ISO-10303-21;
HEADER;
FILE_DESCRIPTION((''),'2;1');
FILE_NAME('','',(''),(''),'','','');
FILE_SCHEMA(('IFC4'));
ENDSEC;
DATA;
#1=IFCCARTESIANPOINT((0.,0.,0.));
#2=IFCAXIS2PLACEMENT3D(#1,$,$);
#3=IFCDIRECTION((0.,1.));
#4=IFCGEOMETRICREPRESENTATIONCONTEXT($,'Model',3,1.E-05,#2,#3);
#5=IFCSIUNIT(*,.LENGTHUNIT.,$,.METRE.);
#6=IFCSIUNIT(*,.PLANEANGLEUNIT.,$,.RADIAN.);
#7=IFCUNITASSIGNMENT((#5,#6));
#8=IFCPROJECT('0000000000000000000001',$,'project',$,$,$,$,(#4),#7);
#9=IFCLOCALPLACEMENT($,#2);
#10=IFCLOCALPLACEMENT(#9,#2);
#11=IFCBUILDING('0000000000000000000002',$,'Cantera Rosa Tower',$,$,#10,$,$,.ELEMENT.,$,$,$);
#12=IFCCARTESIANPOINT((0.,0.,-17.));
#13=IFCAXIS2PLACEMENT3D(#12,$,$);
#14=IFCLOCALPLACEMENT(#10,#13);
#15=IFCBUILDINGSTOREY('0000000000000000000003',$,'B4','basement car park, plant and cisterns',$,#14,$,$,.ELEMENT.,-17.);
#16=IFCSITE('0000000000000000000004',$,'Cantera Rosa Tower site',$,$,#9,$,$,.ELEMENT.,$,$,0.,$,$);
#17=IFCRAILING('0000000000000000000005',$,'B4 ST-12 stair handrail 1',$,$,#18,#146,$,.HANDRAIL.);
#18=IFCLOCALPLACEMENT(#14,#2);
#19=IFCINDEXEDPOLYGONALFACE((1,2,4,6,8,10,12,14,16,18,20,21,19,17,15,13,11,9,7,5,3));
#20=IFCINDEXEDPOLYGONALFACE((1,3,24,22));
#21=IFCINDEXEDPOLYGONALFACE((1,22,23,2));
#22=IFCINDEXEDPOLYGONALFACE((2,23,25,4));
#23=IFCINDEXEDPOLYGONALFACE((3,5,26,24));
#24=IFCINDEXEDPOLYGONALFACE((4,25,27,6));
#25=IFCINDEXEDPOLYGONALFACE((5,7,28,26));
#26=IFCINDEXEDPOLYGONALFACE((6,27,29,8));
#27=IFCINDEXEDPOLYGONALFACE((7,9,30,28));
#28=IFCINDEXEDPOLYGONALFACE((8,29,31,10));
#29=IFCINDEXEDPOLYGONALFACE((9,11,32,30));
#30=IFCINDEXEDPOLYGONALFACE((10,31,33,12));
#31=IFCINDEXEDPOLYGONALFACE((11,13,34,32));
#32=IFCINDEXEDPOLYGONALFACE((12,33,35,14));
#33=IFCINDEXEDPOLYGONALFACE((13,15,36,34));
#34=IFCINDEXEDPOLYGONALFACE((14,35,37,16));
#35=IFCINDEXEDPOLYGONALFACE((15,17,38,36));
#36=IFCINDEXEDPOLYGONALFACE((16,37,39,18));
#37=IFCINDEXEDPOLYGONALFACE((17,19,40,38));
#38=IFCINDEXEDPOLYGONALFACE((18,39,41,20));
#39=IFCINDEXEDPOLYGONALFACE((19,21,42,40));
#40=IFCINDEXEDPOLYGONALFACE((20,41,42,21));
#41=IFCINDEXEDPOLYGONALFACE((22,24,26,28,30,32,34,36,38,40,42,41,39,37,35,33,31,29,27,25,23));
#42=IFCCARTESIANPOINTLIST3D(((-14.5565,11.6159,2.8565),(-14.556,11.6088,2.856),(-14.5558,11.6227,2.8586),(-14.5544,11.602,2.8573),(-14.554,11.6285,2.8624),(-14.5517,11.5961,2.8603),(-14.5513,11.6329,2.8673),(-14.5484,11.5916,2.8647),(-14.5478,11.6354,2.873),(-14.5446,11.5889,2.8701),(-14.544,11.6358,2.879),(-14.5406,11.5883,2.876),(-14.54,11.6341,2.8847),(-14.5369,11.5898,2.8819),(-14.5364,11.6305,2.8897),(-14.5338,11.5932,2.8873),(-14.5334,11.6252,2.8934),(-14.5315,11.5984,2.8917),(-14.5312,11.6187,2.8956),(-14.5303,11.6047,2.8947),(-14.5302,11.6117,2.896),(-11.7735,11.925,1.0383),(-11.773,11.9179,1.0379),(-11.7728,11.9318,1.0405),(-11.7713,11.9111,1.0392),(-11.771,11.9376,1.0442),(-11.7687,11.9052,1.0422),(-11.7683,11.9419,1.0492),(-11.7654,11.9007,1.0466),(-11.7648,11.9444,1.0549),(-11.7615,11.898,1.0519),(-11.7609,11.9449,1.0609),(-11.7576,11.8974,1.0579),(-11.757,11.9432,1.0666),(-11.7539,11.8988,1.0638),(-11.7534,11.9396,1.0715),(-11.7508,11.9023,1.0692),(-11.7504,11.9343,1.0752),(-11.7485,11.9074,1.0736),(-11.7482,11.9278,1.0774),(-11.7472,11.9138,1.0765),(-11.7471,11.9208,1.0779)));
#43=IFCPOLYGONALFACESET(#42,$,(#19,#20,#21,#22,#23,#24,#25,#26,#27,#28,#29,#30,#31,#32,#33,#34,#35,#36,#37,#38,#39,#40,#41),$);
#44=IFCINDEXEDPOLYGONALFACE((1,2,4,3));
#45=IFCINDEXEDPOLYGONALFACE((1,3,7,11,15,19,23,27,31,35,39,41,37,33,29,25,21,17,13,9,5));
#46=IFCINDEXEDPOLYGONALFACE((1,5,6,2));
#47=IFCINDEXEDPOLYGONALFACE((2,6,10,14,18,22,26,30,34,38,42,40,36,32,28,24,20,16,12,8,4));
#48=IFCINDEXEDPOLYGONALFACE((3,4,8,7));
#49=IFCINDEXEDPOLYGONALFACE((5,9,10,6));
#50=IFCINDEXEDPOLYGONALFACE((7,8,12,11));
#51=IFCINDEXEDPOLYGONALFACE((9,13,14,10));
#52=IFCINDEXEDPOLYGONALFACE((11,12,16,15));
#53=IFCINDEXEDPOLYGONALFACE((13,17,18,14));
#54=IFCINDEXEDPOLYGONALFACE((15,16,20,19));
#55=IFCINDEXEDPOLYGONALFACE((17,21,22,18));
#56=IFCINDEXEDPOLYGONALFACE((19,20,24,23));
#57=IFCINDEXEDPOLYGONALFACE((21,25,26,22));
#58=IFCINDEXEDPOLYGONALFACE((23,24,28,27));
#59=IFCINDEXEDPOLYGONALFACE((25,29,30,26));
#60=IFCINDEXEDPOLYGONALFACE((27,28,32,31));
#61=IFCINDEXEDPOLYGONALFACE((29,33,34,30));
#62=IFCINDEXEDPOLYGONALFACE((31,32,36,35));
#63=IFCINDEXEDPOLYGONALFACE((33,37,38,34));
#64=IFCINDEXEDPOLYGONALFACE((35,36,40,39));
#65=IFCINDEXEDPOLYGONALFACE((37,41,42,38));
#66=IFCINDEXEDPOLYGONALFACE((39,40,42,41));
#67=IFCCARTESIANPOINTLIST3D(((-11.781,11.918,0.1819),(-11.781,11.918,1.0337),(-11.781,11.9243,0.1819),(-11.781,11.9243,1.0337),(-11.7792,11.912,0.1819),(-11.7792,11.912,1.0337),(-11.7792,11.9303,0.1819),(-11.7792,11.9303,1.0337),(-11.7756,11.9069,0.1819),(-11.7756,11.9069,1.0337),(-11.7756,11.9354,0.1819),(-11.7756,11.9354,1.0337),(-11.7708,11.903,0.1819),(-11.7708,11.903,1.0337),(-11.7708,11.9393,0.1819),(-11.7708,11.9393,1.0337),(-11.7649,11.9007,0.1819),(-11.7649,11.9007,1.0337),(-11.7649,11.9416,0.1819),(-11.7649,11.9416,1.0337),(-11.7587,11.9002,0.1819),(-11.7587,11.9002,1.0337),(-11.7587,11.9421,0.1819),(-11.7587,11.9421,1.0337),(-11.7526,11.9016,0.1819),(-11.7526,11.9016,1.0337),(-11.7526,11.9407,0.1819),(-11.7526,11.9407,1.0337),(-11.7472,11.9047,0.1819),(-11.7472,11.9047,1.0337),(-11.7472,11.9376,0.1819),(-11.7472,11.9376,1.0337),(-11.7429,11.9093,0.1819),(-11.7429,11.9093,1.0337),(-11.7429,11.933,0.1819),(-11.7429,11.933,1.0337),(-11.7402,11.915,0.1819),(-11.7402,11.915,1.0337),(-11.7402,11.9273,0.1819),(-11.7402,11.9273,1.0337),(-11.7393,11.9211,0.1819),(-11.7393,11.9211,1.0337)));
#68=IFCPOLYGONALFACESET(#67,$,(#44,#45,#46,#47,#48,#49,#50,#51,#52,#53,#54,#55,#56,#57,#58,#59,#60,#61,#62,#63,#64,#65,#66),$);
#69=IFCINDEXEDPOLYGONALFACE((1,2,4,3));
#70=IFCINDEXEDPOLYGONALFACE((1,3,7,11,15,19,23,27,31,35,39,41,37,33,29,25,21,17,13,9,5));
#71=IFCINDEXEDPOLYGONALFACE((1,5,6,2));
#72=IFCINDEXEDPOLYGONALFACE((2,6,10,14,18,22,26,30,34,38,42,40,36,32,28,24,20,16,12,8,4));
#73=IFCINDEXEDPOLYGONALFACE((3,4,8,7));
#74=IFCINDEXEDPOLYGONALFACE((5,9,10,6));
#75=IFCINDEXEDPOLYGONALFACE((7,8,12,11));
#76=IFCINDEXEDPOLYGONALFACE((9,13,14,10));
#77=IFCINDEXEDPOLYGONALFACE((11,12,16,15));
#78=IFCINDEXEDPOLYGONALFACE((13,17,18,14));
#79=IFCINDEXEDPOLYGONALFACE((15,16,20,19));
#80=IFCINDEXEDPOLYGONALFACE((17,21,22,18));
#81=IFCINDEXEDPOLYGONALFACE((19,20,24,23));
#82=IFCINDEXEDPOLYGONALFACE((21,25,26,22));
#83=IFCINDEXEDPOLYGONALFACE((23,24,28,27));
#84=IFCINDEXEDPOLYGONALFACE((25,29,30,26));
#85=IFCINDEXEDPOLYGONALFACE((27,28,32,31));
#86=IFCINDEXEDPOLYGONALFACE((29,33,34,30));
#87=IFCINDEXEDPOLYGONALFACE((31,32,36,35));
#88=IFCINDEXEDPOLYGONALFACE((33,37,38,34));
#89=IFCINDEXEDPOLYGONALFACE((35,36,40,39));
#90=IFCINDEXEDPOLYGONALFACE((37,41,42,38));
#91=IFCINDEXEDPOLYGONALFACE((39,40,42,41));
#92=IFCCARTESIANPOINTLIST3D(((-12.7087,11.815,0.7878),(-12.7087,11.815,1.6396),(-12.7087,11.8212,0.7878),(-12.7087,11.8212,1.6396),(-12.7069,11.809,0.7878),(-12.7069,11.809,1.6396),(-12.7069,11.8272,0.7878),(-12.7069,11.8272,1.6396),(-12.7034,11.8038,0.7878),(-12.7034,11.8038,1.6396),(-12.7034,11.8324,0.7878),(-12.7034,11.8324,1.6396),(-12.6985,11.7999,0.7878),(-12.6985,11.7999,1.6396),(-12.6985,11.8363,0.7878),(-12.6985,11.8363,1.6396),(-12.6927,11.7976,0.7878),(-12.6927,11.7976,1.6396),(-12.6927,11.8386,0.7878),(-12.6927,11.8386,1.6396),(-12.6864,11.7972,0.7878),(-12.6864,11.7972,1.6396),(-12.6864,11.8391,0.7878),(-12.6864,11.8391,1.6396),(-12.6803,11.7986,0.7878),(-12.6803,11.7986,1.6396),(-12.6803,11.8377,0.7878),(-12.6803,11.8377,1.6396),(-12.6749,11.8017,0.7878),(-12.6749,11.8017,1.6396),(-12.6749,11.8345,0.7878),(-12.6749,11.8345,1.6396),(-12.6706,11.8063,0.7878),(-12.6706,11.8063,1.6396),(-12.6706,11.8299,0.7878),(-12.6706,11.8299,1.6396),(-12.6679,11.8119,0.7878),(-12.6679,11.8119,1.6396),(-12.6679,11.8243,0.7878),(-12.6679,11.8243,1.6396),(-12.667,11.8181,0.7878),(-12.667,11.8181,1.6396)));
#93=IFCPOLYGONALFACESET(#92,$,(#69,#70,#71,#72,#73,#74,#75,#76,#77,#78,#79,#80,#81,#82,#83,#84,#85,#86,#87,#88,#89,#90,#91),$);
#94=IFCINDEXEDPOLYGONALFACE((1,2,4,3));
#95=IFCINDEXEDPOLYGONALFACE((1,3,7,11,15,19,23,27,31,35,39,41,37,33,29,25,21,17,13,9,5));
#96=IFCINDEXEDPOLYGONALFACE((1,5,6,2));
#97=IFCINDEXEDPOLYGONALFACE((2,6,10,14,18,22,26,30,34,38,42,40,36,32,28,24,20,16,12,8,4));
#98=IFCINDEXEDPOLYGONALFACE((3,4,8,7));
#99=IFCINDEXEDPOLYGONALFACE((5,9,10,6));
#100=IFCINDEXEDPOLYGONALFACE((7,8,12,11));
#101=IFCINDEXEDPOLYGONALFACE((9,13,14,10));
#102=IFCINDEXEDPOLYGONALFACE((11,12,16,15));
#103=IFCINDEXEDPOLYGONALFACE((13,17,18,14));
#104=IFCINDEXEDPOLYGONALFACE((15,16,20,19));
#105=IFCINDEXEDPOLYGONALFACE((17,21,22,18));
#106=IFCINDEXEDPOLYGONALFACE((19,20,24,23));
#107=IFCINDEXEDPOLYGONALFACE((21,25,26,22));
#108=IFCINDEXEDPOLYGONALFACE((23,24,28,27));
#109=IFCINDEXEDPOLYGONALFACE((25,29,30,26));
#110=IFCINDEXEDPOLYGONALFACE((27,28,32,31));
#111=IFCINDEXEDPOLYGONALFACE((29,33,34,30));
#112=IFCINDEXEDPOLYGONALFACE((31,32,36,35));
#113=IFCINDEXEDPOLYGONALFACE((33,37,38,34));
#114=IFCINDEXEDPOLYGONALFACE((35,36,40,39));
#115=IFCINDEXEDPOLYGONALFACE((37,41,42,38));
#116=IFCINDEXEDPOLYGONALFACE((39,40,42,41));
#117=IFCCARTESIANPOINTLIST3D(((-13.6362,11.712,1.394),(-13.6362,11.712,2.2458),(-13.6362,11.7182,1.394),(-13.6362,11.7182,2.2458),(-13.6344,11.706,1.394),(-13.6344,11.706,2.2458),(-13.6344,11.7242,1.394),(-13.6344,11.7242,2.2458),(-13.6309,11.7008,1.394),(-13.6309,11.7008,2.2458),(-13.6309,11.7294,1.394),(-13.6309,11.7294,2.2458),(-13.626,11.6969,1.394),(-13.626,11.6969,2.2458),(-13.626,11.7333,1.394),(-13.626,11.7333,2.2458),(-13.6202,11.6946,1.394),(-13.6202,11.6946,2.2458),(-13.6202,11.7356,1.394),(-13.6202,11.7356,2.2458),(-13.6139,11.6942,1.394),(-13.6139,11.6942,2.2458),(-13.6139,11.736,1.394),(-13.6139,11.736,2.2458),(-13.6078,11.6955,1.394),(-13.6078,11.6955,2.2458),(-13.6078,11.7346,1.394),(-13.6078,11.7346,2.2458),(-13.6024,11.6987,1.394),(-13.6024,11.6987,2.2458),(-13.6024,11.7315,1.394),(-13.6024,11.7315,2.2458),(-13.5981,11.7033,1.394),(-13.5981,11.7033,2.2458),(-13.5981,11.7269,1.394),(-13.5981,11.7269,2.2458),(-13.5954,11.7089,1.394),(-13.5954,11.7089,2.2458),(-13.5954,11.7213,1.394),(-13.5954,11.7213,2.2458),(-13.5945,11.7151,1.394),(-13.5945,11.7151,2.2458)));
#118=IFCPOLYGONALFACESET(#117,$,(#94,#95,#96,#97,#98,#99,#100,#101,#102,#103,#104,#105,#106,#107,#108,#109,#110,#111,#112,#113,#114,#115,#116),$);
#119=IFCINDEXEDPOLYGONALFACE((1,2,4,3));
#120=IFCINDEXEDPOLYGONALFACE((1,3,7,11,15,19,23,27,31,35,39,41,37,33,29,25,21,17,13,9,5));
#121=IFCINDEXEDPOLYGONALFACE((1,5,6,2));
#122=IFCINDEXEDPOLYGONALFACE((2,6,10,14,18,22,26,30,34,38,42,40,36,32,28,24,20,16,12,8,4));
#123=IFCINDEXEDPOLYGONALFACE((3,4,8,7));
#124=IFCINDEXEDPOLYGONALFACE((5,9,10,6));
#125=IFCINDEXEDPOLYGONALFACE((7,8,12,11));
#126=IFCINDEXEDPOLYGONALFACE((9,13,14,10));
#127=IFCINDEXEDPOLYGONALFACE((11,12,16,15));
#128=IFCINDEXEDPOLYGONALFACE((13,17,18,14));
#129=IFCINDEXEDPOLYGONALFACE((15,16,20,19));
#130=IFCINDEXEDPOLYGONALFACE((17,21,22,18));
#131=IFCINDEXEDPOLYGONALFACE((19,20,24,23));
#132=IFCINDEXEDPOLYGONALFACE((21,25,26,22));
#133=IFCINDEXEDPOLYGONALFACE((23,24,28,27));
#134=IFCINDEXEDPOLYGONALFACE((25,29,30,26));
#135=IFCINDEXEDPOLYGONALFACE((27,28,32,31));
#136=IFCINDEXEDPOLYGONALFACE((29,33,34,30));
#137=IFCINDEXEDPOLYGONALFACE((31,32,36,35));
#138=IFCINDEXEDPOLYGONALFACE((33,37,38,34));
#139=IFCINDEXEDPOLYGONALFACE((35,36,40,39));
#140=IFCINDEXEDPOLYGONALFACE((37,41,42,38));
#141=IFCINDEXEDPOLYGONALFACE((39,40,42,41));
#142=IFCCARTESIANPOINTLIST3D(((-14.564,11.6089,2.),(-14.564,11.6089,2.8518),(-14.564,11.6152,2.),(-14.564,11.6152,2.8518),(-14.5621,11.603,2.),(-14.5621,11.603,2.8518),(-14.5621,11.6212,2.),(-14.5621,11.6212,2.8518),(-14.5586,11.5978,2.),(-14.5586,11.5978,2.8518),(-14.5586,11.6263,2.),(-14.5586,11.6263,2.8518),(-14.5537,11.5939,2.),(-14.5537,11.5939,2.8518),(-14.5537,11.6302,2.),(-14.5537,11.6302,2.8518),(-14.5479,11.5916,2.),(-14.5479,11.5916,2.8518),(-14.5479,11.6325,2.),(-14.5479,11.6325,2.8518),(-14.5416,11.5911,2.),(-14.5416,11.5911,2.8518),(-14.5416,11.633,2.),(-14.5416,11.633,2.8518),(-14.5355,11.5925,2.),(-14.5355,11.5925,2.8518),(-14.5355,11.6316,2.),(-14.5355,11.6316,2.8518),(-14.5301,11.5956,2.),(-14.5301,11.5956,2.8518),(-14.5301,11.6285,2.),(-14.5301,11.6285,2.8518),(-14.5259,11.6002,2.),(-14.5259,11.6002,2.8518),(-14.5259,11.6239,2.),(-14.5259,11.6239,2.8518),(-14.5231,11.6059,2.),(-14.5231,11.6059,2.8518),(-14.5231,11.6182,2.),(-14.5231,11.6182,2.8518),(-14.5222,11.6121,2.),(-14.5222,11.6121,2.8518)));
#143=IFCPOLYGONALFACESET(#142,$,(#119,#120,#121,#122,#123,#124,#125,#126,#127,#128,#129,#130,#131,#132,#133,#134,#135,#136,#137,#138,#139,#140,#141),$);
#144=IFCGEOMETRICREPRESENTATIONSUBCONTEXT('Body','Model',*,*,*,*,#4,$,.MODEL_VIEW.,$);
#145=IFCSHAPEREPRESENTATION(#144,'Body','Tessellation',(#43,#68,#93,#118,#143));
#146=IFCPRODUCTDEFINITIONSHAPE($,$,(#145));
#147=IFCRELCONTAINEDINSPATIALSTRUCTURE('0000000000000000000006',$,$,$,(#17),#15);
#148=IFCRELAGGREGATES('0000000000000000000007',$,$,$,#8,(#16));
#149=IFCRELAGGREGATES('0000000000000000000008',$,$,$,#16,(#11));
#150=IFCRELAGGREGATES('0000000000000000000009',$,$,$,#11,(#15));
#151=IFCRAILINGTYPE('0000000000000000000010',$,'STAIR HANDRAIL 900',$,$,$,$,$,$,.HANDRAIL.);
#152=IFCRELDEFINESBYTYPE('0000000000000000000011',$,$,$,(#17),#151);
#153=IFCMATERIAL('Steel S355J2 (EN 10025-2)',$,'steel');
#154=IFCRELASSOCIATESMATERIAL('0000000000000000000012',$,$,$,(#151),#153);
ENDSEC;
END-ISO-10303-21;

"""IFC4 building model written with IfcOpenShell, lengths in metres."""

from ifc_helpers import new_model, si_unit, direction, frame, origin, origin_2d, place, context, subcontext, project, spatial, circle, extrude, material, type_object, element, save


model = new_model("IFC4")

# Units and contexts
model_context = context("Model", 3, precision=1e-05, world=origin(), true_north=direction((0.0, 1.0)))
body_context = subcontext(model_context, "Body", "Model", "MODEL_VIEW")
ifc_project = project(units=[si_unit("LENGTHUNIT", "METRE"), si_unit("PLANEANGLEUNIT", "RADIAN")], contexts=[model_context])

# Site, building, storey
site_placement = place(None, origin())
site = spatial("IfcSite", under=ifc_project, at=site_placement, Name="Cantera Rosa Tower site", CompositionType="ELEMENT", RefElevation=0.0)
building_placement = place(site_placement, origin())
building = spatial("IfcBuilding", under=site, at=building_placement, Name="Cantera Rosa Tower", CompositionType="ELEMENT")
storey_placement = place(building_placement, frame((0.0, 0.0, -17.0)))
storey = spatial("IfcBuildingStorey", under=building, at=storey_placement, Name="B4", Description="basement car park, plant and cisterns", CompositionType="ELEMENT", Elevation=-17.0)

# Railing
ifc_material_1 = material(Name="Steel S355J2 (EN 10025-2)", Category="steel")
railing_type_1 = type_object("IfcRailingType", Name="STAIR HANDRAIL 900", PredefinedType="HANDRAIL", material=ifc_material_1)
railing_1_placement = place(storey_placement, frame((-11.7603, 11.9211, 0.1819)))
element("IfcRailing", 1, at=railing_1_placement, inside=storey, type_object=railing_type_1, Name="B4 ST-12 stair handrail 1", PredefinedType="HANDRAIL", context=body_context, shape_type="SweptSolid", body=[
    extrude(circle(Radius=0.0239, at=origin_2d()), frame((0.0, 0.0, 0.876), z_axis=(-0.833582, -0.09258, 0.544582), x_axis=(0.110384, -0.993889, 0.0)), (0.0, 0.0, 1.0), 3.3386),
    extrude(circle(Radius=0.021, at=origin_2d()), origin(), (0.0, 0.0, 1.0), 0.8518),
    extrude(circle(Radius=0.021, at=origin_2d()), frame((-0.9277, -0.103, 0.606)), (0.0, 0.0, 1.0), 0.8518),
    extrude(circle(Radius=0.021, at=origin_2d()), frame((-1.8552, -0.2061, 1.2122)), (0.0, 0.0, 1.0), 0.8518),
    extrude(circle(Radius=0.021, at=origin_2d()), frame((-2.783, -0.3091, 1.8181)), (0.0, 0.0, 1.0), 0.8518),
])

save(model, "model.ifc")
